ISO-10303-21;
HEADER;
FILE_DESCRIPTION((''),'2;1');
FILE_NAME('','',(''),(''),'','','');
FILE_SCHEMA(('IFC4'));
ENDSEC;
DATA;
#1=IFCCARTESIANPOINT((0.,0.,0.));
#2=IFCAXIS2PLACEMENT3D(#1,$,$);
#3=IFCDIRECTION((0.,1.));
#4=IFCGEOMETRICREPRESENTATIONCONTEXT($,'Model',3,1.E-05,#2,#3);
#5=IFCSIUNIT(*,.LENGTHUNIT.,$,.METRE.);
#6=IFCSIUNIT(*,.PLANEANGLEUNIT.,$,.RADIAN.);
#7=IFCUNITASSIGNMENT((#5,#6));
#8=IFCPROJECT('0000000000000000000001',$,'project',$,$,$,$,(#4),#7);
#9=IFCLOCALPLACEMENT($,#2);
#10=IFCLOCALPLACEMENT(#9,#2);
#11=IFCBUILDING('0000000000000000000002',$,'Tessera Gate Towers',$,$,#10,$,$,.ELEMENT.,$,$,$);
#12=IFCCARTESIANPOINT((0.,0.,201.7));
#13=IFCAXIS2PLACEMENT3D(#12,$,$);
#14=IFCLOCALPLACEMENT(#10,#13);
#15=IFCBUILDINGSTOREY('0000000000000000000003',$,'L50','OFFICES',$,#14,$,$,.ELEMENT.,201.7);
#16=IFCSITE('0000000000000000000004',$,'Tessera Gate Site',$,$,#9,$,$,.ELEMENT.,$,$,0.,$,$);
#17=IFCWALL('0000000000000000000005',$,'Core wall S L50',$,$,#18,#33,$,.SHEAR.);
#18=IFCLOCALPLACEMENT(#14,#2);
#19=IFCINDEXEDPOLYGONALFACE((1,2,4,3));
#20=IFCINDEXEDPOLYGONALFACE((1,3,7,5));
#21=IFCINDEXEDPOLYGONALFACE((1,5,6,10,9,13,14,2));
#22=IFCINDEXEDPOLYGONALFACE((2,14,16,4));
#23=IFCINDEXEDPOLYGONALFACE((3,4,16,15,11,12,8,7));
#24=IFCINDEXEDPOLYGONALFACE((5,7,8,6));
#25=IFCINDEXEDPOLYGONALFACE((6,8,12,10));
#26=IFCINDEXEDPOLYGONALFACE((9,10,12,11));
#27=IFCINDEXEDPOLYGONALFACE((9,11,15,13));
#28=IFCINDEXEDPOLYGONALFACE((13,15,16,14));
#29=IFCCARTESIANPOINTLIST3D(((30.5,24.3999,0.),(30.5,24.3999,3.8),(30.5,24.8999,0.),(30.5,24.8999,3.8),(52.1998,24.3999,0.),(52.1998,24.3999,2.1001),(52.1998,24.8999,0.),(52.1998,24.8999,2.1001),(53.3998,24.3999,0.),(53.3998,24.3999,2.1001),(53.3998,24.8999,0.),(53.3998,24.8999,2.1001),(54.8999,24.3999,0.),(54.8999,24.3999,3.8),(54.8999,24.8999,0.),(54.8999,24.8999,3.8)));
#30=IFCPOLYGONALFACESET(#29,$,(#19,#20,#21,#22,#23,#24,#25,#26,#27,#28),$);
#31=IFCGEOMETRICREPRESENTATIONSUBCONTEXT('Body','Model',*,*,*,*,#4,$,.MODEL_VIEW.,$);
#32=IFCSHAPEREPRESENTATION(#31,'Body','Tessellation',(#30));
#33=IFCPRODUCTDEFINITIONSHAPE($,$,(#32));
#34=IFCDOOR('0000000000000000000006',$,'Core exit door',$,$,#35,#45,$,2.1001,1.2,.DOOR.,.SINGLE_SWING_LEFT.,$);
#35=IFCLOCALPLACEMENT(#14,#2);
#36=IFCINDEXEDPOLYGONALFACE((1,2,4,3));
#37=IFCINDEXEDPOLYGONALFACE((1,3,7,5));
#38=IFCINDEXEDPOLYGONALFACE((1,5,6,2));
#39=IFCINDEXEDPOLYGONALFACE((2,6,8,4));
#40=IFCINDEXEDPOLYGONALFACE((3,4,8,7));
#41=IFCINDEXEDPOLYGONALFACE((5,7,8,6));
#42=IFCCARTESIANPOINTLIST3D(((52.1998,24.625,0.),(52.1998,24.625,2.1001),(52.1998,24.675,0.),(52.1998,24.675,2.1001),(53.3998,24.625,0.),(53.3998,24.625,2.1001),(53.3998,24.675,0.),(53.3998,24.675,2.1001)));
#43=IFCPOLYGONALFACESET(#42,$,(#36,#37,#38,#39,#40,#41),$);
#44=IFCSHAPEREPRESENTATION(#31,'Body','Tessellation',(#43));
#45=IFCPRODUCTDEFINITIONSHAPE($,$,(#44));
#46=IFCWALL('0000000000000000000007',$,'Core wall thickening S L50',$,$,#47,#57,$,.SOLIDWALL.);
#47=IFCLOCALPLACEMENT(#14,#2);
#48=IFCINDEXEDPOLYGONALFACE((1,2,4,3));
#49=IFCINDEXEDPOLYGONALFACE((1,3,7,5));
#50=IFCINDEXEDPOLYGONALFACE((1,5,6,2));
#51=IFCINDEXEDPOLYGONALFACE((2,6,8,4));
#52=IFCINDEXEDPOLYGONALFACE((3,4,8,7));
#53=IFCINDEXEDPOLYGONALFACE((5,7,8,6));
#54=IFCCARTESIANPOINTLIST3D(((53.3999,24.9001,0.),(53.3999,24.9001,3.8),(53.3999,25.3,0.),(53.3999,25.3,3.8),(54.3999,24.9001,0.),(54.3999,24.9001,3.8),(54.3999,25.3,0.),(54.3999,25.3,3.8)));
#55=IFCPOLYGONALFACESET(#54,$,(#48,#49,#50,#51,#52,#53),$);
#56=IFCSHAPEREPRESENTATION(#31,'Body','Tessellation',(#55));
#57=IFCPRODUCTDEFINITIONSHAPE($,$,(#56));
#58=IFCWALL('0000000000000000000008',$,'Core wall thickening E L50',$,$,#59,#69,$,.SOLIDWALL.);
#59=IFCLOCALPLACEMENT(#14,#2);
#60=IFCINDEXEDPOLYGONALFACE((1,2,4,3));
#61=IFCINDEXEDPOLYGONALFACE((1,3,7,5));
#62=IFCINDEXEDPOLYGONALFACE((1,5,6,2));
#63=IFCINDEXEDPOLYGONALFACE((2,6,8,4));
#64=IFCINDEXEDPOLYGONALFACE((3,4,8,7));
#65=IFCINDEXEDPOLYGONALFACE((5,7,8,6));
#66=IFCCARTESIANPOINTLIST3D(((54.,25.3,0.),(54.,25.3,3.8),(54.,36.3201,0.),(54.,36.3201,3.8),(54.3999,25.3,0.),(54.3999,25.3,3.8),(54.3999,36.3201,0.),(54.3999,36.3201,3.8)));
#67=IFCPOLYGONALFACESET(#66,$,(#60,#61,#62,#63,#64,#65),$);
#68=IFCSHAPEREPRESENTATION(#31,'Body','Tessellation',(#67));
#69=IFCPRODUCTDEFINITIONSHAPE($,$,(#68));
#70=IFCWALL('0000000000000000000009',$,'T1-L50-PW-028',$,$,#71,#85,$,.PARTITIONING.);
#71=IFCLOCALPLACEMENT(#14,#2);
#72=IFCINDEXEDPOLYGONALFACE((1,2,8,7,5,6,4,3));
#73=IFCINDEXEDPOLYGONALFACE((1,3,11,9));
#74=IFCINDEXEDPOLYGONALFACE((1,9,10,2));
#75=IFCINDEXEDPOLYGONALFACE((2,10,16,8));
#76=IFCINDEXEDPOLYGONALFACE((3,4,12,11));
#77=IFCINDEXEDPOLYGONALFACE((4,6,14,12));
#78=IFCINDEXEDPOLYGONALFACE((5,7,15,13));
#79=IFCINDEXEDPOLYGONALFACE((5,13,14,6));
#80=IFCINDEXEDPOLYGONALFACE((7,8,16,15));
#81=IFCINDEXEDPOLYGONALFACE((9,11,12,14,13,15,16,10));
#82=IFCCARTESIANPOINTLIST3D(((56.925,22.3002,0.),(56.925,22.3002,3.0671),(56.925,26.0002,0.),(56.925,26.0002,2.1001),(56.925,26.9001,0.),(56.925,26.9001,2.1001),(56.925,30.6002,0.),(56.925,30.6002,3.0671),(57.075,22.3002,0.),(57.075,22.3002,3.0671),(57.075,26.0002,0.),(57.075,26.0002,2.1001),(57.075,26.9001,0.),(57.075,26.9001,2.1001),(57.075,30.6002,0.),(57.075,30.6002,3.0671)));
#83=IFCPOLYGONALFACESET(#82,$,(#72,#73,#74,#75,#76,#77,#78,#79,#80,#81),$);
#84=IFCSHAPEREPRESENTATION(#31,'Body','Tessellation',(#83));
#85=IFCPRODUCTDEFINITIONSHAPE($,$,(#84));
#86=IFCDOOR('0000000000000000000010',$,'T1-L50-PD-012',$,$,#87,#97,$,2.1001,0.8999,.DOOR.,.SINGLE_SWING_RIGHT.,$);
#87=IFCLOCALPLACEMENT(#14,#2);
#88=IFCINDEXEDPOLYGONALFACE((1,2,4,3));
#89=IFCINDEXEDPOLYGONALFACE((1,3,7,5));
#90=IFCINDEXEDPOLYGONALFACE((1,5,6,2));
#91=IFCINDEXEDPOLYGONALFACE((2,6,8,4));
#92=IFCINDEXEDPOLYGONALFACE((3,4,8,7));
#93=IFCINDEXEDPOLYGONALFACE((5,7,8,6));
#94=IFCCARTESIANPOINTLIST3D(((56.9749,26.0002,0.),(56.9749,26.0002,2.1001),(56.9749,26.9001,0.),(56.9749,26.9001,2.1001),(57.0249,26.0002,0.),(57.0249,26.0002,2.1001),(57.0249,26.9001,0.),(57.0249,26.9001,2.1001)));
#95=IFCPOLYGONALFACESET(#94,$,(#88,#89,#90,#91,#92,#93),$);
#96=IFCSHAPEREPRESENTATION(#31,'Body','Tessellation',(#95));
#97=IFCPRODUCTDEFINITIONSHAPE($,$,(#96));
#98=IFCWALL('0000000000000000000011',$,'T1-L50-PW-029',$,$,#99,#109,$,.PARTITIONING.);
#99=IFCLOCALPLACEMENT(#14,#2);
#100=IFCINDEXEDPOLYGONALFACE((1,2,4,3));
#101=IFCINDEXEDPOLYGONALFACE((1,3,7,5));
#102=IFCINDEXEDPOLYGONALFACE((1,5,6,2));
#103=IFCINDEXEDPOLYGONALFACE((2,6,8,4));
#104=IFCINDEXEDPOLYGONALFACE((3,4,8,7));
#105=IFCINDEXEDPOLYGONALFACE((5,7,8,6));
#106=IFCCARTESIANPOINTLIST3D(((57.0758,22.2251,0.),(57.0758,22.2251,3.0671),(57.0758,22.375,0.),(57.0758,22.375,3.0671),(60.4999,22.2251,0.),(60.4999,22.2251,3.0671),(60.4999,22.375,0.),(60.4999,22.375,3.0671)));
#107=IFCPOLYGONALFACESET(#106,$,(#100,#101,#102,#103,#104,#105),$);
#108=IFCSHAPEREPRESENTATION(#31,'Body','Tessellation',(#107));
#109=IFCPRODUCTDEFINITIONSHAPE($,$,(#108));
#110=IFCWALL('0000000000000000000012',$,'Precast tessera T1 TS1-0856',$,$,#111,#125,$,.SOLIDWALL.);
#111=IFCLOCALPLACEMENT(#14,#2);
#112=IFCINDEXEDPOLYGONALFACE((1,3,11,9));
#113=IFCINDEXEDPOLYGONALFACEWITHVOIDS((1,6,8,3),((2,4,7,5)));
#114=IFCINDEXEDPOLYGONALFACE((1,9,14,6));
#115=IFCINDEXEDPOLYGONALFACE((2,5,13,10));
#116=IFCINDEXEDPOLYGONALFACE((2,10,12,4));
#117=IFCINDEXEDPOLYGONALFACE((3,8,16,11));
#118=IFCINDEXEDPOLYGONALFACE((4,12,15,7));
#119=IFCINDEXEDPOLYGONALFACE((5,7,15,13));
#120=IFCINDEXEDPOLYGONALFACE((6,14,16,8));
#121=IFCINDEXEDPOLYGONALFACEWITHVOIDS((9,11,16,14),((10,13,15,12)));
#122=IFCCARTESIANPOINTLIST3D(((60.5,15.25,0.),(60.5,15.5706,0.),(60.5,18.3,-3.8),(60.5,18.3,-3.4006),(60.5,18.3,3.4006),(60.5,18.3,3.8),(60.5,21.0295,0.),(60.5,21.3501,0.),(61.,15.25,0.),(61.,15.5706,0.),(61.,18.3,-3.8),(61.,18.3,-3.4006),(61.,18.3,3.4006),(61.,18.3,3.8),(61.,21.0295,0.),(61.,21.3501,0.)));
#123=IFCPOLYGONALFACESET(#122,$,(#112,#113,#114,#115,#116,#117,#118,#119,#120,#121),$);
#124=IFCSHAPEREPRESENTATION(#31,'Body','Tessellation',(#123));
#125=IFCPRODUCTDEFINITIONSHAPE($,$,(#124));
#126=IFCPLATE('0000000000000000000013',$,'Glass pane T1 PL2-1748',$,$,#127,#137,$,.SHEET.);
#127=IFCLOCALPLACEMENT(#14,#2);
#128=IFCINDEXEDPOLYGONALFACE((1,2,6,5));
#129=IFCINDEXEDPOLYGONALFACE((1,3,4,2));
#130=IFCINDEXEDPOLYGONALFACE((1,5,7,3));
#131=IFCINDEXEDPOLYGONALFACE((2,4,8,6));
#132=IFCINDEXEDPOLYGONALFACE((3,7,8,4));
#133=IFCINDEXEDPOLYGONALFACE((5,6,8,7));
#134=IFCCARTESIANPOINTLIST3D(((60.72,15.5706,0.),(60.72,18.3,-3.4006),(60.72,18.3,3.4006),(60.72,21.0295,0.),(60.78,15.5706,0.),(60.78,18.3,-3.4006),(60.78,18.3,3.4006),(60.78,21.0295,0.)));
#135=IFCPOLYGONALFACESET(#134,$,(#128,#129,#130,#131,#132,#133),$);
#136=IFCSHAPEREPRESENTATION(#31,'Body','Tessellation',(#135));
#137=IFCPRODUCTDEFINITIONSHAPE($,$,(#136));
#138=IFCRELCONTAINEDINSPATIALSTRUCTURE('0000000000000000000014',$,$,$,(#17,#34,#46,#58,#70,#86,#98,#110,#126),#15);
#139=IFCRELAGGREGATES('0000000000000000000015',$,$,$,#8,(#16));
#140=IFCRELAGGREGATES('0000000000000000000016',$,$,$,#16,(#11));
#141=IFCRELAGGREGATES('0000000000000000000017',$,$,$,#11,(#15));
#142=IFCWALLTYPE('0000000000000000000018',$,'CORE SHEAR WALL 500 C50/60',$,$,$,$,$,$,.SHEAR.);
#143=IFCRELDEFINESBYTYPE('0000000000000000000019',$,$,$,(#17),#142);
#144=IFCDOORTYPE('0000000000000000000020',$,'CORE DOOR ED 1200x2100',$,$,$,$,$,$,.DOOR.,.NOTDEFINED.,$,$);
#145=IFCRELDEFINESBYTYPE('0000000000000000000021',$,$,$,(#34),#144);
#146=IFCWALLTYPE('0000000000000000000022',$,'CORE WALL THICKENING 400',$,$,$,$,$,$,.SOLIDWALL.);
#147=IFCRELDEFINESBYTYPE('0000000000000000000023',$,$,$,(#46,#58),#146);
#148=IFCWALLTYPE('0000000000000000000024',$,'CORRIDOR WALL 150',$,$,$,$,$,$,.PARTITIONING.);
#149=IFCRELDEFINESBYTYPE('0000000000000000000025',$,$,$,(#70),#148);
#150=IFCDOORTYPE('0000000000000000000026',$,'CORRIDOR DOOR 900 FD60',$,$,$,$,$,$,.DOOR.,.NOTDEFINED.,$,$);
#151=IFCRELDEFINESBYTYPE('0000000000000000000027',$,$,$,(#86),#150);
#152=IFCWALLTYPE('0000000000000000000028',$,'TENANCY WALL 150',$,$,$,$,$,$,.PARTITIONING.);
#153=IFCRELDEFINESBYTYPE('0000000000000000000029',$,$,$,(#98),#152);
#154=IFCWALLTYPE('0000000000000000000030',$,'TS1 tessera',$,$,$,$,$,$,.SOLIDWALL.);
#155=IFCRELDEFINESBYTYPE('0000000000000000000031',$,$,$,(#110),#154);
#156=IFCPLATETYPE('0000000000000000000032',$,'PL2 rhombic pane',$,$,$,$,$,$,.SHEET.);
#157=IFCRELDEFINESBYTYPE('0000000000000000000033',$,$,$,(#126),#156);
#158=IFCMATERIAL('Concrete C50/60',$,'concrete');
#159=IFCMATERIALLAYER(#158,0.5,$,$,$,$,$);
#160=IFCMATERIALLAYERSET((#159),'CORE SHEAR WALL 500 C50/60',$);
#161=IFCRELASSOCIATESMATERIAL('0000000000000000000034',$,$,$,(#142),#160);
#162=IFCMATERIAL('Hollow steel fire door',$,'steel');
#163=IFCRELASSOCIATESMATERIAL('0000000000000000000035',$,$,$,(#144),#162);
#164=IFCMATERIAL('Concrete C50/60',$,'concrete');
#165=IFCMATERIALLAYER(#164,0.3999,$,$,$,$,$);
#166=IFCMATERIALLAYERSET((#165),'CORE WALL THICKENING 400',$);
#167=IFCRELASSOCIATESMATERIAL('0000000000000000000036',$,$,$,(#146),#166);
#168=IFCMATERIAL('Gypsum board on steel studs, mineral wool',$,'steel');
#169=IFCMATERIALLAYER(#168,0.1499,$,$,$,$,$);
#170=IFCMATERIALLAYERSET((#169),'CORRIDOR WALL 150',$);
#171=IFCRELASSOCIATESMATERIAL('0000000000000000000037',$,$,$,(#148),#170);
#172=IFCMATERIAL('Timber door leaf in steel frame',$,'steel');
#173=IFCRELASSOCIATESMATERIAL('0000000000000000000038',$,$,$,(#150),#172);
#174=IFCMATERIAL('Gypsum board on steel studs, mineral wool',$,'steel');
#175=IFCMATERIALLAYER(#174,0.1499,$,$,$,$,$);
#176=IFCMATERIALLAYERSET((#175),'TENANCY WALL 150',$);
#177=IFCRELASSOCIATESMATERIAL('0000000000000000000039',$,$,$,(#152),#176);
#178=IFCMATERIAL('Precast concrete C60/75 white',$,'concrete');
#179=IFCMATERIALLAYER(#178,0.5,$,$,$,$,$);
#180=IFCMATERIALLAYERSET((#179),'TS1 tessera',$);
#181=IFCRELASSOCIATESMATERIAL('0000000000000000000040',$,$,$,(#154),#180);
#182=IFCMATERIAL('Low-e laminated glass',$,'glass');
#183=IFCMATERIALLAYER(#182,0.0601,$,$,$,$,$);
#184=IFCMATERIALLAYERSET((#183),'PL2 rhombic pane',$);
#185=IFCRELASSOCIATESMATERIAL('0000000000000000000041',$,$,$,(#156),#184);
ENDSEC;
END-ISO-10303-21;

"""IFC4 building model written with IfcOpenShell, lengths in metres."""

from ifc_helpers import new_model, si_unit, direction, frame, frame_2d, origin, place, context, subcontext, project, spatial, polyline, rectangle, outline, extrude, source, transform, mapped, material, layer, layer_set, type_object, element, fill, save


model = new_model("IFC4")

# Units and contexts
model_context = context("Model", 3, precision=1e-05, world=origin(), true_north=direction((0.0, 1.0)))
body_context = subcontext(model_context, "Body", "Model", "MODEL_VIEW")
ifc_project = project(units=[si_unit("LENGTHUNIT", "METRE"), si_unit("PLANEANGLEUNIT", "RADIAN")], contexts=[model_context])

# Site, building, storey
site_placement = place(None, origin())
site = spatial("IfcSite", under=ifc_project, at=site_placement, Name="Tessera Gate Site", CompositionType="ELEMENT", RefElevation=0.0)
building_placement = place(site_placement, origin())
building = spatial("IfcBuilding", under=site, at=building_placement, Name="Tessera Gate Towers", CompositionType="ELEMENT")
storey_placement = place(building_placement, frame((0.0, 0.0, 201.7)))
storey = spatial("IfcBuildingStorey", under=building, at=storey_placement, Name="L50", Description="OFFICES", CompositionType="ELEMENT", Elevation=201.7)

# Wall, opening, door
shared_shape_1 = source(origin(), body_context, "Body", "SweptSolid", [
    extrude(rectangle(XDim=1.2, YDim=2.1001, at=frame_2d((0.6001, 1.05))), frame((0.0, 0.0249, 0.0), z_axis=(0.0, -1.0, 0.0), x_axis=(1.0, 0.0, 0.0)), (0.0, 0.0, 1.0), 0.05),
])
ifc_material_1 = material(Name="Concrete C50/60", Category="concrete")
ifc_layer_1 = layer(ifc_material_1, 0.5)
ifc_layer_set_1 = layer_set([ifc_layer_1], Name="CORE SHEAR WALL 500 C50/60")
wall_type_1 = type_object("IfcWallType", Name="CORE SHEAR WALL 500 C50/60", PredefinedType="SHEAR", material=ifc_layer_set_1)
wall_1_placement = place(storey_placement, frame((54.8999, 24.6499, 0.0), z_axis=(0.0, 0.0, 1.0), x_axis=(-1.0, 0.0, 0.0)))
wall_1 = element("IfcWall", 1, at=wall_1_placement, inside=storey, type_object=wall_type_1, Name="Core wall S L50", PredefinedType="SHEAR", context=body_context, shape_type="SweptSolid", body=[
    extrude(rectangle(XDim=24.3999, YDim=0.5, at=frame_2d((12.2, 0.0))), origin(), (0.0, 0.0, 1.0), 3.8),
])
shared_shape_2 = source(origin(), body_context, "Body", "SweptSolid", [
    extrude(rectangle(XDim=1.2, YDim=2.1001, at=frame_2d((0.6001, 1.05))), frame((0.0, 0.26, 0.0), z_axis=(0.0, -1.0, 0.0), x_axis=(1.0, 0.0, 0.0)), (0.0, 0.0, 1.0), 0.52),
])
opening_1_placement = place(wall_1_placement, frame((1.5, 0.0, 0.0)))
opening_1 = element("IfcOpeningElement", 2, at=opening_1_placement, cuts=wall_1, PredefinedType="OPENING", context=body_context, shape_type="MappedRepresentation", body=[
    mapped(shared_shape_2, transform((0.0, 0.0, 0.0), scale=1.0)),
])
ifc_material_2 = material(Name="Hollow steel fire door", Category="steel")
door_type_1 = type_object("IfcDoorType", Name="CORE DOOR ED 1200x2100", OperationType="NOTDEFINED", PredefinedType="DOOR", material=ifc_material_2)
door_1_placement = place(opening_1_placement, origin())
door_1 = element("IfcDoor", 3, at=door_1_placement, inside=storey, type_object=door_type_1, Name="Core exit door", OperationType="SINGLE_SWING_LEFT", OverallHeight=2.1001, OverallWidth=1.2, PredefinedType="DOOR", context=body_context, shape_type="MappedRepresentation", body=[
    mapped(shared_shape_1, transform((0.0, 0.0, 0.0), scale=1.0)),
])
fill(opening_1, door_1)

# Walls
ifc_material_3 = material(Name="Concrete C50/60", Category="concrete")
ifc_layer_2 = layer(ifc_material_3, 0.3999)
ifc_layer_set_2 = layer_set([ifc_layer_2], Name="CORE WALL THICKENING 400")
wall_type_2 = type_object("IfcWallType", Name="CORE WALL THICKENING 400", PredefinedType="SOLIDWALL", material=ifc_layer_set_2)
wall_2_placement = place(storey_placement, frame((53.3999, 25.1001, 0.0), z_axis=(0.0, 0.0, 1.0), x_axis=(1.0, 0.0, 0.0)))
element("IfcWall", 4, at=wall_2_placement, inside=storey, type_object=wall_type_2, Name="Core wall thickening S L50", PredefinedType="SOLIDWALL", context=body_context, shape_type="SweptSolid", body=[
    extrude(rectangle(XDim=1.0, YDim=0.3999, at=frame_2d((0.5, 0.0))), origin(), (0.0, 0.0, 1.0), 3.8),
])
wall_3_placement = place(storey_placement, frame((54.2, 25.3, 0.0), z_axis=(0.0, 0.0, 1.0), x_axis=(0.0, 1.0, 0.0)))
element("IfcWall", 5, at=wall_3_placement, inside=storey, type_object=wall_type_2, Name="Core wall thickening E L50", PredefinedType="SOLIDWALL", context=body_context, shape_type="SweptSolid", body=[
    extrude(rectangle(XDim=11.02, YDim=0.3999, at=frame_2d((5.51, 0.0))), origin(), (0.0, 0.0, 1.0), 3.8),
])

# Wall, opening, door
ifc_material_4 = material(Name="Gypsum board on steel studs, mineral wool", Category="steel")
ifc_layer_3 = layer(ifc_material_4, 0.1499)
ifc_layer_set_3 = layer_set([ifc_layer_3], Name="CORRIDOR WALL 150")
wall_type_3 = type_object("IfcWallType", Name="CORRIDOR WALL 150", PredefinedType="PARTITIONING", material=ifc_layer_set_3)
wall_4_placement = place(storey_placement, frame((57.0, 30.6001, 0.0), z_axis=(0.0, 0.0, 1.0), x_axis=(0.0, -1.0, 0.0)))
wall_4 = element("IfcWall", 6, at=wall_4_placement, inside=storey, type_object=wall_type_3, Name="T1-L50-PW-028", PredefinedType="PARTITIONING", context=body_context, shape_type="SweptSolid", body=[
    extrude(rectangle(XDim=8.3, YDim=0.1499, at=frame_2d((4.1499, 0.0))), origin(), (0.0, 0.0, 1.0), 3.0671),
])
shared_shape_3 = source(origin(), body_context, "Body", "SweptSolid", [
    extrude(rectangle(XDim=0.8999, YDim=2.1001, at=frame_2d((0.45, 1.05))), frame((0.0, 0.085, 0.0), z_axis=(0.0, -1.0, 0.0), x_axis=(1.0, 0.0, 0.0)), (0.0, 0.0, 1.0), 0.1699),
])
opening_2_placement = place(wall_4_placement, frame((3.7, 0.0, 0.0)))
opening_2 = element("IfcOpeningElement", 7, at=opening_2_placement, cuts=wall_4, PredefinedType="OPENING", context=body_context, shape_type="MappedRepresentation", body=[
    mapped(shared_shape_3, transform((0.0, 0.0, 0.0), scale=1.0)),
])
ifc_material_5 = material(Name="Timber door leaf in steel frame", Category="steel")
door_type_2 = type_object("IfcDoorType", Name="CORRIDOR DOOR 900 FD60", OperationType="NOTDEFINED", PredefinedType="DOOR", material=ifc_material_5)
shared_shape_4 = source(origin(), body_context, "Body", "SweptSolid", [
    extrude(rectangle(XDim=0.8999, YDim=2.1001, at=frame_2d((0.45, 1.05))), frame((0.0, 0.0249, 0.0), z_axis=(0.0, -1.0, 0.0), x_axis=(1.0, 0.0, 0.0)), (0.0, 0.0, 1.0), 0.05),
])
door_2_placement = place(opening_2_placement, origin())
door_2 = element("IfcDoor", 8, at=door_2_placement, inside=storey, type_object=door_type_2, Name="T1-L50-PD-012", OperationType="SINGLE_SWING_RIGHT", OverallHeight=2.1001, OverallWidth=0.8999, PredefinedType="DOOR", context=body_context, shape_type="MappedRepresentation", body=[
    mapped(shared_shape_4, transform((0.0, 0.0, 0.0), scale=1.0)),
])
fill(opening_2, door_2)

# Wall
ifc_material_6 = material(Name="Gypsum board on steel studs, mineral wool", Category="steel")
ifc_layer_4 = layer(ifc_material_6, 0.1499)
ifc_layer_set_4 = layer_set([ifc_layer_4], Name="TENANCY WALL 150")
wall_type_4 = type_object("IfcWallType", Name="TENANCY WALL 150", PredefinedType="PARTITIONING", material=ifc_layer_set_4)
wall_5_placement = place(storey_placement, frame((57.0759, 22.3, 0.0), z_axis=(0.0, 0.0, 1.0), x_axis=(1.0, 0.0, 0.0)))
element("IfcWall", 9, at=wall_5_placement, inside=storey, type_object=wall_type_4, Name="T1-L50-PW-029", PredefinedType="PARTITIONING", context=body_context, shape_type="SweptSolid", body=[
    extrude(rectangle(XDim=3.4241, YDim=0.1499, at=frame_2d((1.7119, 0.0))), origin(), (0.0, 0.0, 1.0), 3.0671),
])

# Wall, opening, plate
ifc_material_7 = material(Name="Precast concrete C60/75 white", Category="concrete")
ifc_layer_5 = layer(ifc_material_7, 0.5)
ifc_layer_set_5 = layer_set([ifc_layer_5], Name="TS1 tessera")
wall_type_5 = type_object("IfcWallType", Name="TS1 tessera", PredefinedType="SOLIDWALL", material=ifc_layer_set_5)
shared_shape_5 = source(origin(), body_context, "Body", "SweptSolid", [
    extrude(outline(polyline([(3.05, 0.0), (6.1001, 3.8), (3.05, 7.6001), (0.0, 3.8), (3.05, 0.0)])), frame((0.0, 0.25, 0.0), z_axis=(0.0, -1.0, 0.0), x_axis=(1.0, 0.0, 0.0)), (0.0, 0.0, 1.0), 0.5),
])
wall_6_placement = place(storey_placement, frame((60.75, 15.25, -3.8), z_axis=(0.0, 0.0, 1.0), x_axis=(0.0, 1.0, 0.0)))
wall_6 = element("IfcWall", 10, at=wall_6_placement, inside=storey, type_object=wall_type_5, Name="Precast tessera T1 TS1-0856", PredefinedType="SOLIDWALL", context=body_context, shape_type="MappedRepresentation", body=[
    mapped(shared_shape_5, transform((0.0, 0.0, 0.0), scale=1.0)),
])
shared_shape_6 = source(origin(), body_context, "Body", "SweptSolid", [
    extrude(outline(polyline([(3.05, 0.3994), (5.7795, 3.8), (3.05, 7.2007), (0.3206, 3.8), (3.05, 0.3994)])), frame((0.0, 0.26, 0.0), z_axis=(0.0, -1.0, 0.0), x_axis=(1.0, 0.0, 0.0)), (0.0, 0.0, 1.0), 0.52),
])
opening_3_placement = place(wall_6_placement, origin())
opening_3 = element("IfcOpeningElement", 11, at=opening_3_placement, cuts=wall_6, PredefinedType="OPENING", context=body_context, shape_type="MappedRepresentation", body=[
    mapped(shared_shape_6, transform((0.0, 0.0, 0.0), scale=1.0)),
])
ifc_material_8 = material(Name="Low-e laminated glass", Category="glass")
ifc_layer_6 = layer(ifc_material_8, 0.0601)
ifc_layer_set_6 = layer_set([ifc_layer_6], Name="PL2 rhombic pane")
plate_type = type_object("IfcPlateType", Name="PL2 rhombic pane", PredefinedType="SHEET", material=ifc_layer_set_6)
shared_shape_7 = source(origin(), body_context, "Body", "SweptSolid", [
    extrude(outline(polyline([(3.05, 0.3994), (5.7795, 3.8), (3.05, 7.2007), (0.3206, 3.8), (3.05, 0.3994)])), frame((0.0, 0.03, 0.0), z_axis=(0.0, -1.0, 0.0), x_axis=(1.0, 0.0, 0.0)), (0.0, 0.0, 1.0), 0.0601),
])
plate_1_placement = place(opening_3_placement, origin())
plate_1 = element("IfcPlate", 12, at=plate_1_placement, inside=storey, type_object=plate_type, Name="Glass pane T1 PL2-1748", PredefinedType="SHEET", context=body_context, shape_type="MappedRepresentation", body=[
    mapped(shared_shape_7, transform((0.0, 0.0, 0.0), scale=1.0)),
])
fill(opening_3, plate_1)

save(model, "model.ifc")
